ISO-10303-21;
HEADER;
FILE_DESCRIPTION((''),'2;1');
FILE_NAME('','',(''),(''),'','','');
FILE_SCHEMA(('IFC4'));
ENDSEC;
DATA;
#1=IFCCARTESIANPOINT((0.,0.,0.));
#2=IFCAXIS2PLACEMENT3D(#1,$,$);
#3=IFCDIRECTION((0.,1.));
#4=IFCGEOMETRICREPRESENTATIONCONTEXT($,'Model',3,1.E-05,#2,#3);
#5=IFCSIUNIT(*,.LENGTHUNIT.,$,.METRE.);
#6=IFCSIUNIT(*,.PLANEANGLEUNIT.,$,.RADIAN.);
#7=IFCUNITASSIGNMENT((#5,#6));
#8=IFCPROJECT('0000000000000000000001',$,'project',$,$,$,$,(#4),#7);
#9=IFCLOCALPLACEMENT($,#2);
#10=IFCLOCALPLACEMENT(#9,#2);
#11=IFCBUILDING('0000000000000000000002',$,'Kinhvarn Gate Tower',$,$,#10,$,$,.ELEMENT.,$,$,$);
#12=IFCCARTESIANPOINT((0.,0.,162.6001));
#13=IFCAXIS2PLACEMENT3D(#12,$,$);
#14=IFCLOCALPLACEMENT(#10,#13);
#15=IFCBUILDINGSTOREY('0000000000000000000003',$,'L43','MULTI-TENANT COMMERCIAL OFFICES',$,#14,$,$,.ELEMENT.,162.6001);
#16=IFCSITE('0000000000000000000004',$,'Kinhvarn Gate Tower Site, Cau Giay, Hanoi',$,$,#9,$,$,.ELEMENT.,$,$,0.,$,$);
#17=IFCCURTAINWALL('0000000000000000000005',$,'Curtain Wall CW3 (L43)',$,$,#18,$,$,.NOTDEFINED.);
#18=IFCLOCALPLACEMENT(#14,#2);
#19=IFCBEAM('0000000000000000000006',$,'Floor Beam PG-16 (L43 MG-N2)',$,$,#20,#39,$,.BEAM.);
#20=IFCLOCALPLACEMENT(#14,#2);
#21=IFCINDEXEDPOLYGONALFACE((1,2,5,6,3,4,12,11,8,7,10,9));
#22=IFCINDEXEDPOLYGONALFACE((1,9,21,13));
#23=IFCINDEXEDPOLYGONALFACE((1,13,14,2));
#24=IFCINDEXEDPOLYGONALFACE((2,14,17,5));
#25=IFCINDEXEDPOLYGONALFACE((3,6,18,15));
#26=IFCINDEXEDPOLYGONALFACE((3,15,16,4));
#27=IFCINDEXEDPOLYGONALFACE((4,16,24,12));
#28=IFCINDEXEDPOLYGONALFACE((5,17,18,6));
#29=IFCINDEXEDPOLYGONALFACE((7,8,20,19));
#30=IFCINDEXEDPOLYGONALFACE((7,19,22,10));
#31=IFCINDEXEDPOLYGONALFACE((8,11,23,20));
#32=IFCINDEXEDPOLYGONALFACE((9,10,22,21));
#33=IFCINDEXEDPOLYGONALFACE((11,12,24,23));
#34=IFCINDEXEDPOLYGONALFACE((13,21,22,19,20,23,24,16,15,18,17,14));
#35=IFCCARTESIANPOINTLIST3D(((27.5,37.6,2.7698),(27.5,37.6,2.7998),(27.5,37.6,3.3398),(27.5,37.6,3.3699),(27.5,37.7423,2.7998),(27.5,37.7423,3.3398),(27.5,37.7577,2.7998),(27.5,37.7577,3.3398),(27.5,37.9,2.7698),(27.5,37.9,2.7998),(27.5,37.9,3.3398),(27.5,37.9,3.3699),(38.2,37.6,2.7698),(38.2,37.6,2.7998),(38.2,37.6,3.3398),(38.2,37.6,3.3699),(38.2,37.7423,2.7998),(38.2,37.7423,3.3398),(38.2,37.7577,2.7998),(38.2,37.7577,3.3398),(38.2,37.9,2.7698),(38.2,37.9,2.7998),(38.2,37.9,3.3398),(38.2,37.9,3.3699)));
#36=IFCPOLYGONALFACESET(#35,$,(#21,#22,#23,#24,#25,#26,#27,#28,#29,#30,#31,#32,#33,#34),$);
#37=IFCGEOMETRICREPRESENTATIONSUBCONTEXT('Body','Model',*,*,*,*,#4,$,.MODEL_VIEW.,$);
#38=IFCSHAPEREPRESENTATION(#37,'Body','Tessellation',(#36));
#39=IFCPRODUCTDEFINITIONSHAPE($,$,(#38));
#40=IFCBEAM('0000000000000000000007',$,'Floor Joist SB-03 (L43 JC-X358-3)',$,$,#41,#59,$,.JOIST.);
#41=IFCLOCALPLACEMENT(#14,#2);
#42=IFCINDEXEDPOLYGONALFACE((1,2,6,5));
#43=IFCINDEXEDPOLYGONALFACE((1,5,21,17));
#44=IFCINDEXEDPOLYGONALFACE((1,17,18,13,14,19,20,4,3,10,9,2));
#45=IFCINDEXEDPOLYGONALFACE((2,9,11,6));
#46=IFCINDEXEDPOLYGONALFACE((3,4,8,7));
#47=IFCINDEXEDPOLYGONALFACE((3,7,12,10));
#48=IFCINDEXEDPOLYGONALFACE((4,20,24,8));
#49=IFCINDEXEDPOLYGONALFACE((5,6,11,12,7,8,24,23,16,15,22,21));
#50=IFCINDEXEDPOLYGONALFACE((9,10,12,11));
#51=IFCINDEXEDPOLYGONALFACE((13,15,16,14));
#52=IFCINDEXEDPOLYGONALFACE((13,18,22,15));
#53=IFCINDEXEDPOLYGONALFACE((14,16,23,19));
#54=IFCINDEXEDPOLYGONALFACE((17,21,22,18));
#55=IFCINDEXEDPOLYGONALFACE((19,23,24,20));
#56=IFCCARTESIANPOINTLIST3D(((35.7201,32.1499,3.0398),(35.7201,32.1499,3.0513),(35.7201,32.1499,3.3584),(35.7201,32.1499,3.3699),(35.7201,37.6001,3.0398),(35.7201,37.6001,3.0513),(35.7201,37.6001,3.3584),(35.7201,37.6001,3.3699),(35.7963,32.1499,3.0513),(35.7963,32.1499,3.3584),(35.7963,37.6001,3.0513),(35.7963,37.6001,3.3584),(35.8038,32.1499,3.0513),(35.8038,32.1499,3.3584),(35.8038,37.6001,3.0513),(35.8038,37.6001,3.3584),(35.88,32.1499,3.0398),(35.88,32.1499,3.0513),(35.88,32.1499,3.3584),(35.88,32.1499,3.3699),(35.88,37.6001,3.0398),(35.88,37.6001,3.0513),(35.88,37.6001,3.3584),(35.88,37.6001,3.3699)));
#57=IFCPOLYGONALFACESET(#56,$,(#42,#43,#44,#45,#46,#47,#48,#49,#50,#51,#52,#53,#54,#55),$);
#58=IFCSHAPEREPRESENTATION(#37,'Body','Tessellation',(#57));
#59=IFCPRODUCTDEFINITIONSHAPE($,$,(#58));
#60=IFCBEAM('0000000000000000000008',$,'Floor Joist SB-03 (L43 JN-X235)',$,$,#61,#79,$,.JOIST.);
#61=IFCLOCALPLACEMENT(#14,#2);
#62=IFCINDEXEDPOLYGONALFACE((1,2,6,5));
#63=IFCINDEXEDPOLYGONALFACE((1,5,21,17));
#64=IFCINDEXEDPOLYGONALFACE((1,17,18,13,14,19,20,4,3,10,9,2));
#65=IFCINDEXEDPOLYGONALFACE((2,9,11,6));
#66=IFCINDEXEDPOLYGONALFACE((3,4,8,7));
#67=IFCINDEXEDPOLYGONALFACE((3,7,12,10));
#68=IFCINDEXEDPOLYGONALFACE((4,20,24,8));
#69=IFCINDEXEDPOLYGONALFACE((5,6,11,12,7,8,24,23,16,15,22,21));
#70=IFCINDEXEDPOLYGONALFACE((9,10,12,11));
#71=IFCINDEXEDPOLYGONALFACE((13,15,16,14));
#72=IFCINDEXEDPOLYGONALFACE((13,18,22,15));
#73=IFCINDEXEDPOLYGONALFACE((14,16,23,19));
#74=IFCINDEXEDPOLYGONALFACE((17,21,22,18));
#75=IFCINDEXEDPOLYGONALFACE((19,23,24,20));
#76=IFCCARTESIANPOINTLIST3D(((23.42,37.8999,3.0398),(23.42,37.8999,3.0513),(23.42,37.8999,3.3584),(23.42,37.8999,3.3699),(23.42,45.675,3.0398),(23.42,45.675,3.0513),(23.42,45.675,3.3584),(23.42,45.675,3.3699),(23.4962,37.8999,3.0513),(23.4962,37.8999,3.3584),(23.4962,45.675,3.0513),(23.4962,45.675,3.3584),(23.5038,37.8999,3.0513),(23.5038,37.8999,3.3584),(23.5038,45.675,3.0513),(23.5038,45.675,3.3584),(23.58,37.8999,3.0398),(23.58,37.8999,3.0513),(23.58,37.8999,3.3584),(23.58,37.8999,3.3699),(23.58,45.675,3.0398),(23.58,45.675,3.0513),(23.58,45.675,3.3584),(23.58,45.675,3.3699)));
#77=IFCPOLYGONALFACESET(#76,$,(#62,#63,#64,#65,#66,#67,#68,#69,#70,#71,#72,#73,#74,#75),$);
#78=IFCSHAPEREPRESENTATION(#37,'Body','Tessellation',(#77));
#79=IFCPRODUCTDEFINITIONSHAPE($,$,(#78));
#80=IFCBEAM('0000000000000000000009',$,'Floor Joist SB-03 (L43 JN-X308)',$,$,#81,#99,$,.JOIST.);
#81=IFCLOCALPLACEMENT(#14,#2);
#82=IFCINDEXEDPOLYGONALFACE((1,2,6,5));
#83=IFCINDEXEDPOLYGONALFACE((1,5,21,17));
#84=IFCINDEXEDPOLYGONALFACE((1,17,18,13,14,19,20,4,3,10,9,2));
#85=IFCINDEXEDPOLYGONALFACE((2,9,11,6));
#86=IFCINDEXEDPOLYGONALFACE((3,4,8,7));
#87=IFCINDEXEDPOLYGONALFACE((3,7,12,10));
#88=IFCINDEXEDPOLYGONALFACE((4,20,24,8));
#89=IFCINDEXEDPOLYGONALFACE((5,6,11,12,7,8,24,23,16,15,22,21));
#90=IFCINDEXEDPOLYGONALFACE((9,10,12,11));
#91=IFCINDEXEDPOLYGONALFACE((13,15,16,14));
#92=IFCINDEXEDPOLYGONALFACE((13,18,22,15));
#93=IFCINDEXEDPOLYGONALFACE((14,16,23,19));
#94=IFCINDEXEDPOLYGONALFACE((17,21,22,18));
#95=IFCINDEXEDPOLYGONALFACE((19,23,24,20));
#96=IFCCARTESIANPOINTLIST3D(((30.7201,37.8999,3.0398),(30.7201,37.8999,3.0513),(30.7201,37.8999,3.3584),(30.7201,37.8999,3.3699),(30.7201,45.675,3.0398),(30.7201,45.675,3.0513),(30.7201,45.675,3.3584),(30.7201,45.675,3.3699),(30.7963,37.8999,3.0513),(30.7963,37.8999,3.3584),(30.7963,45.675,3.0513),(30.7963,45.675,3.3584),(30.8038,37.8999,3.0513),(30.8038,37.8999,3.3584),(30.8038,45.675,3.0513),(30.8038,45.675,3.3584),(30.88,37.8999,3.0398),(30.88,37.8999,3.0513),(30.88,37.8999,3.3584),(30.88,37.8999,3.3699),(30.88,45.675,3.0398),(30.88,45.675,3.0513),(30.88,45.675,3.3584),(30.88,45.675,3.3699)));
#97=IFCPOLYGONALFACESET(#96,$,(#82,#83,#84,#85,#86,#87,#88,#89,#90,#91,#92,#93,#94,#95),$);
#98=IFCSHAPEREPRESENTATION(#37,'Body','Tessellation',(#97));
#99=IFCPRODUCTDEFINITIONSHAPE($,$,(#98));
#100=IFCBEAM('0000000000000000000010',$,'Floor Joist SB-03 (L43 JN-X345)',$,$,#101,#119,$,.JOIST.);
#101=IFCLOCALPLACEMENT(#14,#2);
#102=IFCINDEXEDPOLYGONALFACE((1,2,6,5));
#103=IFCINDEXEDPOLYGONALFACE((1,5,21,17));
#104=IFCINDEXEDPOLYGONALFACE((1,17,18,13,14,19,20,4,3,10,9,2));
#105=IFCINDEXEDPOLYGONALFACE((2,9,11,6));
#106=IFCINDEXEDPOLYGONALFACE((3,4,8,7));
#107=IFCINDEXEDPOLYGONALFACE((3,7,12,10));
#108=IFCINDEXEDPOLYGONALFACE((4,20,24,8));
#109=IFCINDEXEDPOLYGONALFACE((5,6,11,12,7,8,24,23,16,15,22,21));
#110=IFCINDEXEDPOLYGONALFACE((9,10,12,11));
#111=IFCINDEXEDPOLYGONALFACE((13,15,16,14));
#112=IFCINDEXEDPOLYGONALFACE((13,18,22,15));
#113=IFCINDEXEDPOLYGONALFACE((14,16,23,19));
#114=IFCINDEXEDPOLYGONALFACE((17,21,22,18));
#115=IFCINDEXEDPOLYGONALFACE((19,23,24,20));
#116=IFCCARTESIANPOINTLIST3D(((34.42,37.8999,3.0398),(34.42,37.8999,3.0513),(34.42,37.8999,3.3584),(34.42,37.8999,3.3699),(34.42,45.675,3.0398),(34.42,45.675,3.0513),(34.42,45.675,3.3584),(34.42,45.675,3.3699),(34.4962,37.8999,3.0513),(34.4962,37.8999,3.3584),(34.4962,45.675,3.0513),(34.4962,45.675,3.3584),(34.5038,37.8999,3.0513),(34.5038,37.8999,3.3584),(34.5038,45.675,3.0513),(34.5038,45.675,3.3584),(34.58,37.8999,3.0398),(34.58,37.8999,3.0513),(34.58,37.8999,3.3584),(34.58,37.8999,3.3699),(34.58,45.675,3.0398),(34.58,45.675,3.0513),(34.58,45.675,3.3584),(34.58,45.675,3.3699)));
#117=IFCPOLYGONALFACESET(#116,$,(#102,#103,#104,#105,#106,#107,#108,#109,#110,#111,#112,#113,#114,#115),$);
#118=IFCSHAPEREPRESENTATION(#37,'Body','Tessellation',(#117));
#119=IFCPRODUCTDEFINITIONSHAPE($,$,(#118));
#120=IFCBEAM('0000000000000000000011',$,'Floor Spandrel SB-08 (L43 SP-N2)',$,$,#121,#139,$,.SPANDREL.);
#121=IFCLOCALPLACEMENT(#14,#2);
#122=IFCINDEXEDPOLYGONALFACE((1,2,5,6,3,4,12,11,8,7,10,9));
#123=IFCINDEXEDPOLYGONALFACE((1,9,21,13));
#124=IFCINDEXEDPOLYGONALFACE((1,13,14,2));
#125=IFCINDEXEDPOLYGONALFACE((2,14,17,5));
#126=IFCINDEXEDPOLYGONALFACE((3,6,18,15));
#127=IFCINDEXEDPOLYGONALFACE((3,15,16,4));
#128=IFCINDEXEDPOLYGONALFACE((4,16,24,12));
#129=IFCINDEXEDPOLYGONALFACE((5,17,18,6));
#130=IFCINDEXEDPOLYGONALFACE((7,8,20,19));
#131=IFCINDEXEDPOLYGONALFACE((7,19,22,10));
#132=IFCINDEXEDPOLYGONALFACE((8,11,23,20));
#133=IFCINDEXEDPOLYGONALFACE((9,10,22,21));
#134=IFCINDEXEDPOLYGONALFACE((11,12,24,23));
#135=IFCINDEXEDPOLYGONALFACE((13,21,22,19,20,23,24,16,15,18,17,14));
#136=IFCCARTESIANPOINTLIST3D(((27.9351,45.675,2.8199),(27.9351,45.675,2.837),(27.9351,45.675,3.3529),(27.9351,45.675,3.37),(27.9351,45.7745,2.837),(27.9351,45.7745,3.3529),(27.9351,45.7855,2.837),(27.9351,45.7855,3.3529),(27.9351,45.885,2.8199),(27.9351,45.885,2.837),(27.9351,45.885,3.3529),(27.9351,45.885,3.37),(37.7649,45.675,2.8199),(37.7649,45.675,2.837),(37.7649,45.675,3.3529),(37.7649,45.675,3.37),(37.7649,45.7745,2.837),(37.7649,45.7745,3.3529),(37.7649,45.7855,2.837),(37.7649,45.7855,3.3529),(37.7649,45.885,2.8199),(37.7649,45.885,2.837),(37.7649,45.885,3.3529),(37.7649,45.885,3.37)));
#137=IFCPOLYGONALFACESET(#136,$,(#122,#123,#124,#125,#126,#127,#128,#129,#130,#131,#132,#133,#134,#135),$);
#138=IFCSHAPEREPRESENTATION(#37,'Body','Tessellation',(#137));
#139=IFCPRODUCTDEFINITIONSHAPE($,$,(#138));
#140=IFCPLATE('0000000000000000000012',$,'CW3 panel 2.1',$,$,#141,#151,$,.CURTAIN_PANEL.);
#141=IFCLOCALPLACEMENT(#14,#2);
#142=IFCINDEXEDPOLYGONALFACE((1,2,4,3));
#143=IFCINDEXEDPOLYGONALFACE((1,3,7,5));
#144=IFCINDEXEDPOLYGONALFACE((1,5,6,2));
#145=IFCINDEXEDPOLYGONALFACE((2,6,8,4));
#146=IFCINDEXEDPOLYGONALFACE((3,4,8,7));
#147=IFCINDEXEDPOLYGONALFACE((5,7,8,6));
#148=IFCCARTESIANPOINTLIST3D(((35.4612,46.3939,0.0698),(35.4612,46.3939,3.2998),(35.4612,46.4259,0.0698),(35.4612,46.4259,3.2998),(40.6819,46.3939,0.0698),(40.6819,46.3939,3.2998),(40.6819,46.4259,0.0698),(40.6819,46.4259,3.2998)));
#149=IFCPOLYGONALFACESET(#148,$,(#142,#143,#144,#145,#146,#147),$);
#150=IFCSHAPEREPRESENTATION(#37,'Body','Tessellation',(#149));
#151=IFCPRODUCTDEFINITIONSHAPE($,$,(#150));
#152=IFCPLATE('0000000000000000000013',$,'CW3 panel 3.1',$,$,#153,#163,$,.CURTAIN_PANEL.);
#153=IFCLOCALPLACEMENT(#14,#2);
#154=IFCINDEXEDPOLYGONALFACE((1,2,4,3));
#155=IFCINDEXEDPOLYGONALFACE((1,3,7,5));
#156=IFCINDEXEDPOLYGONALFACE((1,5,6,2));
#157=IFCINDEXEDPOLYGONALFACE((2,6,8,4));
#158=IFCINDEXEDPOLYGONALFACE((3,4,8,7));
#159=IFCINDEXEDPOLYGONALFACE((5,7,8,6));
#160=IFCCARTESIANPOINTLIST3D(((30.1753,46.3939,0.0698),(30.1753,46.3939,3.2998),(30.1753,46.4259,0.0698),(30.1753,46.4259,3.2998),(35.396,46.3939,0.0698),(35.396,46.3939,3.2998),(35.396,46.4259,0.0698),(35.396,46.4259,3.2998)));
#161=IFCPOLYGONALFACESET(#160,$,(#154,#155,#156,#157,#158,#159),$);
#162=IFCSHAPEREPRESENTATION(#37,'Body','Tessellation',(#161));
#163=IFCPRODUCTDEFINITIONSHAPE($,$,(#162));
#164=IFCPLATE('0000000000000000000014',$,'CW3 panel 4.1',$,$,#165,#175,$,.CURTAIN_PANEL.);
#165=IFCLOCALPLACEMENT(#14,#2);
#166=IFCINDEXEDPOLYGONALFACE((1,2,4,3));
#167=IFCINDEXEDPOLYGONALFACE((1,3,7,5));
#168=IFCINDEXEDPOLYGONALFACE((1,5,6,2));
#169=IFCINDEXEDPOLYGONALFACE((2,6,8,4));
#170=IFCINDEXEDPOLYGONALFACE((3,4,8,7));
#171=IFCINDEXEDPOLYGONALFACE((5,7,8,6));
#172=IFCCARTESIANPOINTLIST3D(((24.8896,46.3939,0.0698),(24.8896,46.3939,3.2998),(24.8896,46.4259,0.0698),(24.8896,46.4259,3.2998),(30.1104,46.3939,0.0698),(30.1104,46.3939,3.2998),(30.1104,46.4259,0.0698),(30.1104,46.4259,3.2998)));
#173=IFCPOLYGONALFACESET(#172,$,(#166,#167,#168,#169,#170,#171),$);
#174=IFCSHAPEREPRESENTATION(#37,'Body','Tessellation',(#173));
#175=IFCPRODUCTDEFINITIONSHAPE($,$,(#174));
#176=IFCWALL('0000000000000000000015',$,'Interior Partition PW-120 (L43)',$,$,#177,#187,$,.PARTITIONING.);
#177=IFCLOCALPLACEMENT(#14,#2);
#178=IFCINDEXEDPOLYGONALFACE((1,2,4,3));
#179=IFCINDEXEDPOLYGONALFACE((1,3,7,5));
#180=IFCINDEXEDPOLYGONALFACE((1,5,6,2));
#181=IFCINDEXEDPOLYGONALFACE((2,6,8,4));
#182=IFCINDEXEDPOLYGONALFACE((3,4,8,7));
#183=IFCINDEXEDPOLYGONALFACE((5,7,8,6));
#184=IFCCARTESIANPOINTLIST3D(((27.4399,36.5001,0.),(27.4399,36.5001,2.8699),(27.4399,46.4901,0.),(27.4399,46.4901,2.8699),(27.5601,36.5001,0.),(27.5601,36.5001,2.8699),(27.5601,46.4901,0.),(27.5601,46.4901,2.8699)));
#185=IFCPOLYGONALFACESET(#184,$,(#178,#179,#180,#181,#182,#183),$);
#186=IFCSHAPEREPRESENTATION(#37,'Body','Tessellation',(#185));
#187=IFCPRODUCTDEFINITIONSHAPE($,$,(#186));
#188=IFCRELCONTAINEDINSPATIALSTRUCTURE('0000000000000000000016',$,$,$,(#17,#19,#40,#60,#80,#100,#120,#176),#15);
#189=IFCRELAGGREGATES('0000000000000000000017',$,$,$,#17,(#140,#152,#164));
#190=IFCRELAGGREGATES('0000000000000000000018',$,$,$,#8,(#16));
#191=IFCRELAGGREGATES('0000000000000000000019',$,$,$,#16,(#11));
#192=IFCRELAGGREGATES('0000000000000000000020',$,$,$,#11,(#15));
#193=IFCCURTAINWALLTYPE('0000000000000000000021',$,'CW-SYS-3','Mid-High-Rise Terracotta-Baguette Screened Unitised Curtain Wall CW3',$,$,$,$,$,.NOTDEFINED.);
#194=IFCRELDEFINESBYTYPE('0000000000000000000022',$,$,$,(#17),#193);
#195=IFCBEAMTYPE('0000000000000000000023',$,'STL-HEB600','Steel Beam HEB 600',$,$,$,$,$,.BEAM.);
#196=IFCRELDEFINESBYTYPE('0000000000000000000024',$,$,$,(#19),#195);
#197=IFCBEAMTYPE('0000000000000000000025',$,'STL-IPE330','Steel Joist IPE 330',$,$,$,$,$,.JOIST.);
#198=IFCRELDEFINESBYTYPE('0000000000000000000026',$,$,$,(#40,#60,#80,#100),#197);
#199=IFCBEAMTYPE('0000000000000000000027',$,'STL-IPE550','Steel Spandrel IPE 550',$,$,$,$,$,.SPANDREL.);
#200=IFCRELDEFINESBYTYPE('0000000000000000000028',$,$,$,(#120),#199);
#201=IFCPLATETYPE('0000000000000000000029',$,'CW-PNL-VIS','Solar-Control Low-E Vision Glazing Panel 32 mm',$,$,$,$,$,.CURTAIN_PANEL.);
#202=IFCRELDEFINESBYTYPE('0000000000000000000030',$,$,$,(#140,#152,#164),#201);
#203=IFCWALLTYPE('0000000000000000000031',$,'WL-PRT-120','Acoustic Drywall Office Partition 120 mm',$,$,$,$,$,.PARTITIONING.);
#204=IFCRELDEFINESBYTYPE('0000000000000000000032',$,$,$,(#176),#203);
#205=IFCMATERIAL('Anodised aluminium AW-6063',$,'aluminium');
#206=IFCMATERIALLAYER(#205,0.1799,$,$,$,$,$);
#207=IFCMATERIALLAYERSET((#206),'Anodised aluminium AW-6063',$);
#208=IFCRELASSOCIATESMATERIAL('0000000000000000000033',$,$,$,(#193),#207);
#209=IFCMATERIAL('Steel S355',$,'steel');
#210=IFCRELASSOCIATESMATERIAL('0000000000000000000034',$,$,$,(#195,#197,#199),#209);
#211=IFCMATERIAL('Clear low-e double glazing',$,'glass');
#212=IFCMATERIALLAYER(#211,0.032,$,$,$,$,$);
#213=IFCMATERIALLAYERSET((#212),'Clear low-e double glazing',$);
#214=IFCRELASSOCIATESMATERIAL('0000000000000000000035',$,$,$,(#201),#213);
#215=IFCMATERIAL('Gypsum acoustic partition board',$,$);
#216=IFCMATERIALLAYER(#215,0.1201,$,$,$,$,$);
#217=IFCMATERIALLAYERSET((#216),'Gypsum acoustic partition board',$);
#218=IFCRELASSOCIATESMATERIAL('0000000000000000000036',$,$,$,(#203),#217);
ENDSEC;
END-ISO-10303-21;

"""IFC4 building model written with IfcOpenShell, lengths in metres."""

from ifc_helpers import new_model, si_unit, direction, frame, frame_2d, origin, origin_2d, place, context, subcontext, project, spatial, rectangle, i_section, extrude, material, layer, layer_set, material_profile, profile_set, type_object, element, aggregate, save


model = new_model("IFC4")

# Units and contexts
model_context = context("Model", 3, precision=1e-05, world=origin(), true_north=direction((0.0, 1.0)))
body_context = subcontext(model_context, "Body", "Model", "MODEL_VIEW")
ifc_project = project(units=[si_unit("LENGTHUNIT", "METRE"), si_unit("PLANEANGLEUNIT", "RADIAN")], contexts=[model_context])

# Site, building, storey
site_placement = place(None, origin())
site = spatial("IfcSite", under=ifc_project, at=site_placement, Name="Kinhvarn Gate Tower Site, Cau Giay, Hanoi", CompositionType="ELEMENT", RefElevation=0.0)
building_placement = place(site_placement, origin())
building = spatial("IfcBuilding", under=site, at=building_placement, Name="Kinhvarn Gate Tower", CompositionType="ELEMENT")
storey_placement = place(building_placement, frame((0.0, 0.0, 162.6001)))
storey = spatial("IfcBuildingStorey", under=building, at=storey_placement, Name="L43", Description="MULTI-TENANT COMMERCIAL OFFICES", CompositionType="ELEMENT", Elevation=162.6001)

# Curtain wall
ifc_material_1 = material(Name="Anodised aluminium AW-6063", Category="aluminium")
ifc_layer_1 = layer(ifc_material_1, 0.1799)
ifc_layer_set_1 = layer_set([ifc_layer_1], Name="Anodised aluminium AW-6063")
curtain_wall_type = type_object("IfcCurtainWallType", Name="CW-SYS-3", Description="Mid-High-Rise Terracotta-Baguette Screened Unitised Curtain Wall CW3", PredefinedType="NOTDEFINED", material=ifc_layer_set_1)
curtain_wall_placement = place(storey_placement, origin())
curtain_wall = element("IfcCurtainWall", 1, at=curtain_wall_placement, inside=storey, type_object=curtain_wall_type, Name="Curtain Wall CW3 (L43)", PredefinedType="NOTDEFINED")

# Beams
ifc_material_2 = material(Name="Steel S355", Category="steel")
ifc_material_profile_1 = material_profile(ifc_material_2, i_section(OverallWidth=0.3, OverallDepth=0.6001, WebThickness=0.0154, FlangeThickness=0.03, at=origin_2d()), Name="HEB 600")
ifc_profile_set_1 = profile_set([ifc_material_profile_1], Name="Steel S355")
beam_type_1 = type_object("IfcBeamType", Name="STL-HEB600", Description="Steel Beam HEB 600", PredefinedType="BEAM", material=ifc_profile_set_1)
beam_1_placement = place(storey_placement, frame((27.5, 37.75, 3.0698), z_axis=(1.0, 0.0, 0.0), x_axis=(0.0, 1.0, 0.0)))
element("IfcBeam", 2, at=beam_1_placement, inside=storey, type_object=beam_type_1, Name="Floor Beam PG-16 (L43 MG-N2)", PredefinedType="BEAM", context=body_context, shape_type="SweptSolid", body=[
    extrude(i_section(OverallWidth=0.3, OverallDepth=0.6001, WebThickness=0.0154, FlangeThickness=0.03, at=origin_2d()), origin(), (0.0, 0.0, 1.0), 10.7),
])
ifc_material_profile_2 = material_profile(ifc_material_2, i_section(OverallWidth=0.1599, OverallDepth=0.3301, WebThickness=0.0076, FlangeThickness=0.0115, at=origin_2d()), Name="IPE 330")
ifc_profile_set_2 = profile_set([ifc_material_profile_2], Name="Steel S355")
beam_type_2 = type_object("IfcBeamType", Name="STL-IPE330", Description="Steel Joist IPE 330", PredefinedType="JOIST", material=ifc_profile_set_2)
beam_2_placement = place(storey_placement, frame((35.8, 32.1499, 3.2048), z_axis=(0.0, 1.0, 0.0), x_axis=(-1.0, 0.0, 0.0)))
element("IfcBeam", 3, at=beam_2_placement, inside=storey, type_object=beam_type_2, Name="Floor Joist SB-03 (L43 JC-X358-3)", PredefinedType="JOIST", context=body_context, shape_type="SweptSolid", body=[
    extrude(i_section(OverallWidth=0.1599, OverallDepth=0.3301, WebThickness=0.0076, FlangeThickness=0.0115, at=origin_2d()), origin(), (0.0, 0.0, 1.0), 5.4502),
])
for number, where, z_axis, x_axis, name in (
    (4, (23.5, 37.8999, 3.2048), (0.0, 1.0, 0.0), (-1.0, 0.0, 0.0), "Floor Joist SB-03 (L43 JN-X235)"),
    (5, (30.8, 37.8999, 3.2048), (0.0, 1.0, 0.0), (-1.0, 0.0, 0.0), "Floor Joist SB-03 (L43 JN-X308)"),
    (6, (34.5, 37.8999, 3.2048), (0.0, 1.0, 0.0), (-1.0, 0.0, 0.0), "Floor Joist SB-03 (L43 JN-X345)"),
):
    element("IfcBeam", number, at=place(storey_placement, frame(where, z_axis=z_axis, x_axis=x_axis)), inside=storey, type_object=beam_type_2, Name=name, PredefinedType="JOIST", context=body_context, shape_type="SweptSolid", body=[
        extrude(i_section(OverallWidth=0.1599, OverallDepth=0.3301, WebThickness=0.0076, FlangeThickness=0.0115, at=origin_2d()), origin(), (0.0, 0.0, 1.0), 7.7751),
    ])
ifc_material_profile_3 = material_profile(ifc_material_2, i_section(OverallWidth=0.21, OverallDepth=0.55, WebThickness=0.011, FlangeThickness=0.0171, at=origin_2d()), Name="IPE 550")
ifc_profile_set_3 = profile_set([ifc_material_profile_3], Name="Steel S355")
beam_type_3 = type_object("IfcBeamType", Name="STL-IPE550", Description="Steel Spandrel IPE 550", PredefinedType="SPANDREL", material=ifc_profile_set_3)
beam_3_placement = place(storey_placement, frame((27.9351, 45.78, 3.095), z_axis=(1.0, 0.0, 0.0), x_axis=(0.0, 1.0, 0.0)))
element("IfcBeam", 7, at=beam_3_placement, inside=storey, type_object=beam_type_3, Name="Floor Spandrel SB-08 (L43 SP-N2)", PredefinedType="SPANDREL", context=body_context, shape_type="SweptSolid", body=[
    extrude(i_section(OverallWidth=0.21, OverallDepth=0.55, WebThickness=0.011, FlangeThickness=0.0171, at=origin_2d()), origin(), (0.0, 0.0, 1.0), 9.8298),
])

# Plates
ifc_material_3 = material(Name="Clear low-e double glazing", Category="glass")
ifc_layer_2 = layer(ifc_material_3, 0.032)
ifc_layer_set_2 = layer_set([ifc_layer_2], Name="Clear low-e double glazing")
plate_type = type_object("IfcPlateType", Name="CW-PNL-VIS", Description="Solar-Control Low-E Vision Glazing Panel 32 mm", PredefinedType="CURTAIN_PANEL", material=ifc_layer_set_2)
plate_1_placement = place(storey_placement, frame((38.0715, 46.4099, 0.0698), z_axis=(0.0, 0.0, 1.0), x_axis=(-1.0, 0.0, 0.0)))
plate_1 = element("IfcPlate", 8, at=plate_1_placement, type_object=plate_type, Name="CW3 panel 2.1", PredefinedType="CURTAIN_PANEL", context=body_context, shape_type="SweptSolid", body=[
    extrude(rectangle(XDim=5.2207, YDim=0.032, at=origin_2d()), origin(), (0.0, 0.0, 1.0), 3.23),
])
plate_2_placement = place(storey_placement, frame((32.7856, 46.4099, 0.0698), z_axis=(0.0, 0.0, 1.0), x_axis=(-1.0, 0.0, 0.0)))
plate_2 = element("IfcPlate", 9, at=plate_2_placement, type_object=plate_type, Name="CW3 panel 3.1", PredefinedType="CURTAIN_PANEL", context=body_context, shape_type="SweptSolid", body=[
    extrude(rectangle(XDim=5.2207, YDim=0.032, at=origin_2d()), origin(), (0.0, 0.0, 1.0), 3.23),
])
plate_3_placement = place(storey_placement, frame((27.5, 46.4099, 0.0698), z_axis=(0.0, 0.0, 1.0), x_axis=(-1.0, 0.0, 0.0)))
plate_3 = element("IfcPlate", 10, at=plate_3_placement, type_object=plate_type, Name="CW3 panel 4.1", PredefinedType="CURTAIN_PANEL", context=body_context, shape_type="SweptSolid", body=[
    extrude(rectangle(XDim=5.2207, YDim=0.032, at=origin_2d()), origin(), (0.0, 0.0, 1.0), 3.23),
])
aggregate(curtain_wall, [plate_1, plate_2, plate_3])

# Wall
ifc_material_4 = material(Name="Gypsum acoustic partition board")
ifc_layer_3 = layer(ifc_material_4, 0.1201)
ifc_layer_set_3 = layer_set([ifc_layer_3], Name="Gypsum acoustic partition board")
wall_type_1 = type_object("IfcWallType", Name="WL-PRT-120", Description="Acoustic Drywall Office Partition 120 mm", PredefinedType="PARTITIONING", material=ifc_layer_set_3)
wall_1_placement = place(storey_placement, frame((27.5, 36.5, 0.0), z_axis=(0.0, 0.0, 1.0), x_axis=(0.0, 1.0, 0.0)))
element("IfcWall", 11, at=wall_1_placement, inside=storey, type_object=wall_type_1, Name="Interior Partition PW-120 (L43)", PredefinedType="PARTITIONING", context=body_context, shape_type="SweptSolid", body=[
    extrude(rectangle(XDim=9.99, YDim=0.1201, at=frame_2d((4.9951, 0.0))), origin(), (0.0, 0.0, 1.0), 2.8699),
])

save(model, "model.ifc")
